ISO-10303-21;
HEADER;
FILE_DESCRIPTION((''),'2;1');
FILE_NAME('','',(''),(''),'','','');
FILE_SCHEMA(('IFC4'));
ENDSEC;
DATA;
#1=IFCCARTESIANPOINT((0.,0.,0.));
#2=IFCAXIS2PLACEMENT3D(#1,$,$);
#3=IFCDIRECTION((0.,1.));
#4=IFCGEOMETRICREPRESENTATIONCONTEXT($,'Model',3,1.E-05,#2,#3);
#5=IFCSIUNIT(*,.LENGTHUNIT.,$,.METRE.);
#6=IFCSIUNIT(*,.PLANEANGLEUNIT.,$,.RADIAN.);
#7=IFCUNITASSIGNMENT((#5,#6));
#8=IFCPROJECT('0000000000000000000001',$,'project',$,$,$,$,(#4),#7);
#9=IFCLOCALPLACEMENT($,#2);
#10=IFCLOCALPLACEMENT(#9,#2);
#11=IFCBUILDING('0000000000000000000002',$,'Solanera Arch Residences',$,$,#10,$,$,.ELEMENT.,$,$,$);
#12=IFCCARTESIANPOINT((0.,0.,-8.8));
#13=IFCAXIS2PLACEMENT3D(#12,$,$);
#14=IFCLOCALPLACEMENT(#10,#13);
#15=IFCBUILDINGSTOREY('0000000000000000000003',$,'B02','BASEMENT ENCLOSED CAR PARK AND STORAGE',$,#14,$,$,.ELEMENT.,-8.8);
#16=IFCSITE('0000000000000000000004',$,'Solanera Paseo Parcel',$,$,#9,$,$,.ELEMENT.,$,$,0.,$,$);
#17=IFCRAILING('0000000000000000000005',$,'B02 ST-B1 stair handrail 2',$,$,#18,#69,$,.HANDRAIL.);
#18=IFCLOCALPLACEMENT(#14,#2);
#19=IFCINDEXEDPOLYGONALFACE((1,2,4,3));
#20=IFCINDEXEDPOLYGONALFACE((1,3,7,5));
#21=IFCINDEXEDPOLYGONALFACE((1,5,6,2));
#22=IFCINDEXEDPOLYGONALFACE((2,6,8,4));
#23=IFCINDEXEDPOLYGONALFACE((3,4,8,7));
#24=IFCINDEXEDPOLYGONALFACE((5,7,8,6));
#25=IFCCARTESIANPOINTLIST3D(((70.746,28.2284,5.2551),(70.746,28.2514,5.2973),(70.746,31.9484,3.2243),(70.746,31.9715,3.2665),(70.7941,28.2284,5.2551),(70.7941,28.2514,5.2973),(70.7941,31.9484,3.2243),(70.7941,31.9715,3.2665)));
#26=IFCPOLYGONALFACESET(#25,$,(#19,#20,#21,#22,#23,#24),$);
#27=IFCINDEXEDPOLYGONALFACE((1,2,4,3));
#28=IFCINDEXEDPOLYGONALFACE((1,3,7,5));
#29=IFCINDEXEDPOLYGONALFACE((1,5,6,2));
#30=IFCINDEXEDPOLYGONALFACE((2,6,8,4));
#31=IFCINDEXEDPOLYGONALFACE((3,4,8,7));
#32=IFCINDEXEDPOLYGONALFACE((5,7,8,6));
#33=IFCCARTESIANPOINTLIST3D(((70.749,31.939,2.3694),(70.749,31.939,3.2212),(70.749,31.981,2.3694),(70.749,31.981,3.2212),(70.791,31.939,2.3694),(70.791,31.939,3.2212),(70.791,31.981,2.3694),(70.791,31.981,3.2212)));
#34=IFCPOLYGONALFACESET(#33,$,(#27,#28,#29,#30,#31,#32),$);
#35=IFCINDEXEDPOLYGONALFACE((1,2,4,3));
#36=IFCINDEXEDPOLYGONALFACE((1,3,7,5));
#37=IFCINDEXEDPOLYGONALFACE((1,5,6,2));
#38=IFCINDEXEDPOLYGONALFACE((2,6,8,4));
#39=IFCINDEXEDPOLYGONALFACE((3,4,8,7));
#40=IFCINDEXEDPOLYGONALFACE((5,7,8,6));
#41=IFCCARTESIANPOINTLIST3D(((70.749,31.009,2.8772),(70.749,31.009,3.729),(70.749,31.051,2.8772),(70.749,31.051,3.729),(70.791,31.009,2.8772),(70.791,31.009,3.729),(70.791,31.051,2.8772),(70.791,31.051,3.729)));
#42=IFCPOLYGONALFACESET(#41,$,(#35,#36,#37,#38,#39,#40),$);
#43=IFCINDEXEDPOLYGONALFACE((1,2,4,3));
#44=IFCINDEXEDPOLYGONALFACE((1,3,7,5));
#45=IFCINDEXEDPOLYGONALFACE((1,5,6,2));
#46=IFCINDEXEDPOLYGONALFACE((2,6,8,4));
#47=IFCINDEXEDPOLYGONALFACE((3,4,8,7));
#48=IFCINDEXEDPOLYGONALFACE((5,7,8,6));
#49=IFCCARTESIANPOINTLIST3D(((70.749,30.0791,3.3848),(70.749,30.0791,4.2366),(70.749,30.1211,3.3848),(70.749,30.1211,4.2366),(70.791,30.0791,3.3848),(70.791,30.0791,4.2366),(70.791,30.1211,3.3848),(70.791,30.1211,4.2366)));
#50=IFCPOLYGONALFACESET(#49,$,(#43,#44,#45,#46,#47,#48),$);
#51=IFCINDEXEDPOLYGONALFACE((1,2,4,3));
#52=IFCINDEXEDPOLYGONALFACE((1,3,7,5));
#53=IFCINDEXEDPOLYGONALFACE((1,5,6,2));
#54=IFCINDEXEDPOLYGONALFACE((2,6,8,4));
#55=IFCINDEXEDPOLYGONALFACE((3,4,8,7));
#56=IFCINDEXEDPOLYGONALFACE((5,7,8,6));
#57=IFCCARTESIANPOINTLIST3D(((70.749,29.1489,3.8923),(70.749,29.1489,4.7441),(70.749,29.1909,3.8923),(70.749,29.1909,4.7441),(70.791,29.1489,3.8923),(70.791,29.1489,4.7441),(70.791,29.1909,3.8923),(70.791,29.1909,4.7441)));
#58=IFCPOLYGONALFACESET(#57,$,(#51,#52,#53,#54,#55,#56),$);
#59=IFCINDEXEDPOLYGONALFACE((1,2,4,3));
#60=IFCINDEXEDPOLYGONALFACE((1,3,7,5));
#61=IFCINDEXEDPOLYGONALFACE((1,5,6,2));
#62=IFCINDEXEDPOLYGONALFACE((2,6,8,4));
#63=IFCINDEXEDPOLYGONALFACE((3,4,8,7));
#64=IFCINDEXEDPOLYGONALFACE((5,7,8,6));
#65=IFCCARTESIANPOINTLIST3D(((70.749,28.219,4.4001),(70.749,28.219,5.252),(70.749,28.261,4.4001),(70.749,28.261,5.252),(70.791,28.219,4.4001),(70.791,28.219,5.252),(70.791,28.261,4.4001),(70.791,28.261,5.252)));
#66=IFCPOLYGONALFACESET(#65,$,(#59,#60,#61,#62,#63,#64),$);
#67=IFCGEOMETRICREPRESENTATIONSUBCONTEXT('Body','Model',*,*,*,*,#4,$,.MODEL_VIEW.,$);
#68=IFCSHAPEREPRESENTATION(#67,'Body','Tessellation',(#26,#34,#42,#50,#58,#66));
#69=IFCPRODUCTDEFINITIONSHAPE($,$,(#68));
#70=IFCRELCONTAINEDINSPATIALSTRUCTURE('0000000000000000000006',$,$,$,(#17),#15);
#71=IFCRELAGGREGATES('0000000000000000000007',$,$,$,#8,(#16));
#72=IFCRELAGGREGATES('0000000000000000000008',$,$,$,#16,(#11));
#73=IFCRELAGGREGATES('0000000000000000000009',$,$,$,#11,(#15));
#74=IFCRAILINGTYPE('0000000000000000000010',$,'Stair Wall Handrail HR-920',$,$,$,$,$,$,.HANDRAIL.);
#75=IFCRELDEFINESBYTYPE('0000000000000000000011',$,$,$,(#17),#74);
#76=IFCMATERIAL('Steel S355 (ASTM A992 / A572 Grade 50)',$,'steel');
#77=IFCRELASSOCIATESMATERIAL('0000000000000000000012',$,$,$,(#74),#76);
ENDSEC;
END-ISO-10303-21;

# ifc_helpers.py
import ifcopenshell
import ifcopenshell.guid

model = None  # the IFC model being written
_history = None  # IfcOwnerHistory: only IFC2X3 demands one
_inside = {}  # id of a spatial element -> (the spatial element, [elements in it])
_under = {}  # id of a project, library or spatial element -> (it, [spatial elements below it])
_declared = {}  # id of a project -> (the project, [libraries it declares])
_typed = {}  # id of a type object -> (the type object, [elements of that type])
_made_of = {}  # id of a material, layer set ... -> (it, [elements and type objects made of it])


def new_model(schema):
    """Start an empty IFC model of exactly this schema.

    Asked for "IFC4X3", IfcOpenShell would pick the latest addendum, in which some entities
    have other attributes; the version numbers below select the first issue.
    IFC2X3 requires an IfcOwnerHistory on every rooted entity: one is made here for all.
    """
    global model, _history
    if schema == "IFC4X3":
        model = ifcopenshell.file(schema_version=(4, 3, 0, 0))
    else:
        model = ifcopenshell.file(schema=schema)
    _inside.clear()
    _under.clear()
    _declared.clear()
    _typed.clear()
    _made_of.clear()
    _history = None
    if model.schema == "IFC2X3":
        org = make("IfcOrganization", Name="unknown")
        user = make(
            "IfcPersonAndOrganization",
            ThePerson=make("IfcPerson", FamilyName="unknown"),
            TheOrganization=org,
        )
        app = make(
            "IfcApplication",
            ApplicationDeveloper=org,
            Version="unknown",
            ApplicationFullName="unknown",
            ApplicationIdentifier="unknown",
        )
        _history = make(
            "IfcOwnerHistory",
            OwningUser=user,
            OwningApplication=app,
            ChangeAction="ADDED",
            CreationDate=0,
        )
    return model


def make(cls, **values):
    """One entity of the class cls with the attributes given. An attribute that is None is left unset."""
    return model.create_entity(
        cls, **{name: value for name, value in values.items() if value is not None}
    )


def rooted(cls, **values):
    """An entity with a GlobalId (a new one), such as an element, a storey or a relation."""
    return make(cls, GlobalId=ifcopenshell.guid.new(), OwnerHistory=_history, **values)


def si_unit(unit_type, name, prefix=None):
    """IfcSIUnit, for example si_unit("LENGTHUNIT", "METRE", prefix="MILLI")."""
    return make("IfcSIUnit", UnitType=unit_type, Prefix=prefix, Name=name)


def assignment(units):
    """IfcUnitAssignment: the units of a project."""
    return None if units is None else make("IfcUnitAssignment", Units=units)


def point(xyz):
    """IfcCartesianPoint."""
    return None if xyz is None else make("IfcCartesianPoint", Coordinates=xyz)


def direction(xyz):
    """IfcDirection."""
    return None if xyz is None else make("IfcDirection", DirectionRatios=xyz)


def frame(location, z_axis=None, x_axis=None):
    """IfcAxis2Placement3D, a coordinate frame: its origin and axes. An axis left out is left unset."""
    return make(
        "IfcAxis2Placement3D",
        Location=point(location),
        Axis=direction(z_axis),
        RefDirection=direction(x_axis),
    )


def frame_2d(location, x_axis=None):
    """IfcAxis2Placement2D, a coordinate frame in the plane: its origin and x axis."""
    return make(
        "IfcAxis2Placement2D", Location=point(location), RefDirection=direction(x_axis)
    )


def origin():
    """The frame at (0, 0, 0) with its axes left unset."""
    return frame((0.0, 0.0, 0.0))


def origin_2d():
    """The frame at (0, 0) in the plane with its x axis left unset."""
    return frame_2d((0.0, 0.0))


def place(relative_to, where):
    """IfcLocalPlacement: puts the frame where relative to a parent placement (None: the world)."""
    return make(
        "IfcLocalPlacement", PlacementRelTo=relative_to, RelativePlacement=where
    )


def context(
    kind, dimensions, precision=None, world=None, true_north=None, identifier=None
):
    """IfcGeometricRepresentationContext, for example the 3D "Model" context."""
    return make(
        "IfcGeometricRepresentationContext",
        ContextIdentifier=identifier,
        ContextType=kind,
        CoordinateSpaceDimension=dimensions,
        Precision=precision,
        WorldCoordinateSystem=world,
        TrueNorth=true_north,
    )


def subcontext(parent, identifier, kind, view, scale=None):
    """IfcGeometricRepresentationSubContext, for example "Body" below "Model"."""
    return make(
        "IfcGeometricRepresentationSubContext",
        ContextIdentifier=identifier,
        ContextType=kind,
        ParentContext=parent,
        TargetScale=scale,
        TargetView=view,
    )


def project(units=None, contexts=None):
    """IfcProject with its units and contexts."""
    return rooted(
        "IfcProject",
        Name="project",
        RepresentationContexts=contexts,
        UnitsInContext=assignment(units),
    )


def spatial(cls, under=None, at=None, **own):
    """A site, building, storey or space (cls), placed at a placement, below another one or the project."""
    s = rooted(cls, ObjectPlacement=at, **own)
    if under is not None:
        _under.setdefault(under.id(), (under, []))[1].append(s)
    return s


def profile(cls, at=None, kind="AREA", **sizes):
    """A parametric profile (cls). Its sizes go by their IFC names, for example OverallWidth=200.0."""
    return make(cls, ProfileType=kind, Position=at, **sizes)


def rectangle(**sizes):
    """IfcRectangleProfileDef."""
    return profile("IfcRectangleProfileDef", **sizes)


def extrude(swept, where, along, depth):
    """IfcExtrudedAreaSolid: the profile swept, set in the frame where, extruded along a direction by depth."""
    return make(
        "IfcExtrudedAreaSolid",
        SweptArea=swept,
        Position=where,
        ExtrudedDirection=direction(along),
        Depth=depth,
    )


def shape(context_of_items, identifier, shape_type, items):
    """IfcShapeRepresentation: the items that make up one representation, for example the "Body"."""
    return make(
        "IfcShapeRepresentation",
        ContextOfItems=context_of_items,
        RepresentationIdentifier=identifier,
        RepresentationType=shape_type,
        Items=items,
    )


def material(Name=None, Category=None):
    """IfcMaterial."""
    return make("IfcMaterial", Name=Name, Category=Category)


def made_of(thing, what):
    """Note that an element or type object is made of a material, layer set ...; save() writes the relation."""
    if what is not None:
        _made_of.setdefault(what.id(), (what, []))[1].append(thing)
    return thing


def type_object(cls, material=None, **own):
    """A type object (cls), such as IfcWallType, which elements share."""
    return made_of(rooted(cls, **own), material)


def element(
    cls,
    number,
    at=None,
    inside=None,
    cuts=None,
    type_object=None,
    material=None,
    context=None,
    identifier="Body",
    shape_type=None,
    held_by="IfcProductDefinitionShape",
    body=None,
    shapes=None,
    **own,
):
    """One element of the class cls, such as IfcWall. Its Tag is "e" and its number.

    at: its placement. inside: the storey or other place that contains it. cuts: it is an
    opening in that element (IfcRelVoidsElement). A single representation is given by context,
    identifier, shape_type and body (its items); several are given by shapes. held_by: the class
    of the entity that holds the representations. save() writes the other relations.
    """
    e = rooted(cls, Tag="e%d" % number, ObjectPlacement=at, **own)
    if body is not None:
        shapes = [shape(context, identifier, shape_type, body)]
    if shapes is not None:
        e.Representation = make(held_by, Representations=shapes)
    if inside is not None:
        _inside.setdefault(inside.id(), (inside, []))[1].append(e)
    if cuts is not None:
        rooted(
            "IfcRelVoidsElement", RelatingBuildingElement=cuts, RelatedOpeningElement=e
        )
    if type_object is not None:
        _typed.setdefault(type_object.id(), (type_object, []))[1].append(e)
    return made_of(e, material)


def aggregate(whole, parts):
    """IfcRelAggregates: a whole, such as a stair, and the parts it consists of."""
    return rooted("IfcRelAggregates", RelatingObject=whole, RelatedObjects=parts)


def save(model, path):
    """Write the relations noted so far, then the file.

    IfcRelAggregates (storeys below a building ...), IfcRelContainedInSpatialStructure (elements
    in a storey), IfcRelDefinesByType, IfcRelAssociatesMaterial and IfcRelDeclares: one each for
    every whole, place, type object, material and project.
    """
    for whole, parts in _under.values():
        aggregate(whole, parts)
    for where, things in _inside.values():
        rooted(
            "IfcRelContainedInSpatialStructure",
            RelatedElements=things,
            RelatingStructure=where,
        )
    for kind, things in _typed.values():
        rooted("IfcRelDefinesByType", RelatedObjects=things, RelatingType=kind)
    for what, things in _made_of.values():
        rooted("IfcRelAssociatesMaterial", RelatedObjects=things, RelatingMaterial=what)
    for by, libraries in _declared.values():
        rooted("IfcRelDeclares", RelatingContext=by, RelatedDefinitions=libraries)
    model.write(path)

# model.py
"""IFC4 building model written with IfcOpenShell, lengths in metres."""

from ifc_helpers import new_model, si_unit, direction, frame, origin, origin_2d, place, context, subcontext, project, spatial, rectangle, extrude, material, type_object, element, save


model = new_model("IFC4")

# Units and contexts
model_context = context("Model", 3, precision=1e-05, world=origin(), true_north=direction((0.0, 1.0)))
body_context = subcontext(model_context, "Body", "Model", "MODEL_VIEW")
ifc_project = project(units=[si_unit("LENGTHUNIT", "METRE"), si_unit("PLANEANGLEUNIT", "RADIAN")], contexts=[model_context])

# Site, building, storey
site_placement = place(None, origin())
site = spatial("IfcSite", under=ifc_project, at=site_placement, Name="Solanera Paseo Parcel", CompositionType="ELEMENT", RefElevation=0.0)
building_placement = place(site_placement, origin())
building = spatial("IfcBuilding", under=site, at=building_placement, Name="Solanera Arch Residences", CompositionType="ELEMENT")
storey_placement = place(building_placement, frame((0.0, 0.0, -8.8)))
storey = spatial("IfcBuildingStorey", under=building, at=storey_placement, Name="B02", Description="BASEMENT ENCLOSED CAR PARK AND STORAGE", CompositionType="ELEMENT", Elevation=-8.8)

# Railing
ifc_material_1 = material(Name="Steel S355 (ASTM A992 / A572 Grade 50)", Category="steel")
railing_type_1 = type_object("IfcRailingType", Name="Stair Wall Handrail HR-920", PredefinedType="HANDRAIL", material=ifc_material_1)
railing_1_placement = place(storey_placement, frame((70.77, 31.96, 2.3694)))
element("IfcRailing", 1, at=railing_1_placement, inside=storey, type_object=railing_type_1, Name="B02 ST-B1 stair handrail 2", PredefinedType="HANDRAIL", context=body_context, shape_type="SweptSolid", body=[
    extrude(rectangle(XDim=0.0481, YDim=0.0481, at=origin_2d()), frame((0.0, 0.0, 0.876), z_axis=(0.0, -0.877728, 0.479159), x_axis=(1.0, 0.0, 0.0)), (0.0, 0.0, 1.0), 4.2383),
    extrude(rectangle(XDim=0.042, YDim=0.042, at=origin_2d()), origin(), (0.0, 0.0, 1.0), 0.8518),
    extrude(rectangle(XDim=0.042, YDim=0.042, at=origin_2d()), frame((0.0, -0.9299, 0.5078)), (0.0, 0.0, 1.0), 0.8518),
    extrude(rectangle(XDim=0.042, YDim=0.042, at=origin_2d()), frame((0.0, -1.8599, 1.0154)), (0.0, 0.0, 1.0), 0.8518),
    extrude(rectangle(XDim=0.042, YDim=0.042, at=origin_2d()), frame((0.0, -2.79, 1.5229)), (0.0, 0.0, 1.0), 0.8518),
    extrude(rectangle(XDim=0.042, YDim=0.042, at=origin_2d()), frame((0.0, -3.72, 2.0308)), (0.0, 0.0, 1.0), 0.8518),
])

save(model, "model.ifc")
